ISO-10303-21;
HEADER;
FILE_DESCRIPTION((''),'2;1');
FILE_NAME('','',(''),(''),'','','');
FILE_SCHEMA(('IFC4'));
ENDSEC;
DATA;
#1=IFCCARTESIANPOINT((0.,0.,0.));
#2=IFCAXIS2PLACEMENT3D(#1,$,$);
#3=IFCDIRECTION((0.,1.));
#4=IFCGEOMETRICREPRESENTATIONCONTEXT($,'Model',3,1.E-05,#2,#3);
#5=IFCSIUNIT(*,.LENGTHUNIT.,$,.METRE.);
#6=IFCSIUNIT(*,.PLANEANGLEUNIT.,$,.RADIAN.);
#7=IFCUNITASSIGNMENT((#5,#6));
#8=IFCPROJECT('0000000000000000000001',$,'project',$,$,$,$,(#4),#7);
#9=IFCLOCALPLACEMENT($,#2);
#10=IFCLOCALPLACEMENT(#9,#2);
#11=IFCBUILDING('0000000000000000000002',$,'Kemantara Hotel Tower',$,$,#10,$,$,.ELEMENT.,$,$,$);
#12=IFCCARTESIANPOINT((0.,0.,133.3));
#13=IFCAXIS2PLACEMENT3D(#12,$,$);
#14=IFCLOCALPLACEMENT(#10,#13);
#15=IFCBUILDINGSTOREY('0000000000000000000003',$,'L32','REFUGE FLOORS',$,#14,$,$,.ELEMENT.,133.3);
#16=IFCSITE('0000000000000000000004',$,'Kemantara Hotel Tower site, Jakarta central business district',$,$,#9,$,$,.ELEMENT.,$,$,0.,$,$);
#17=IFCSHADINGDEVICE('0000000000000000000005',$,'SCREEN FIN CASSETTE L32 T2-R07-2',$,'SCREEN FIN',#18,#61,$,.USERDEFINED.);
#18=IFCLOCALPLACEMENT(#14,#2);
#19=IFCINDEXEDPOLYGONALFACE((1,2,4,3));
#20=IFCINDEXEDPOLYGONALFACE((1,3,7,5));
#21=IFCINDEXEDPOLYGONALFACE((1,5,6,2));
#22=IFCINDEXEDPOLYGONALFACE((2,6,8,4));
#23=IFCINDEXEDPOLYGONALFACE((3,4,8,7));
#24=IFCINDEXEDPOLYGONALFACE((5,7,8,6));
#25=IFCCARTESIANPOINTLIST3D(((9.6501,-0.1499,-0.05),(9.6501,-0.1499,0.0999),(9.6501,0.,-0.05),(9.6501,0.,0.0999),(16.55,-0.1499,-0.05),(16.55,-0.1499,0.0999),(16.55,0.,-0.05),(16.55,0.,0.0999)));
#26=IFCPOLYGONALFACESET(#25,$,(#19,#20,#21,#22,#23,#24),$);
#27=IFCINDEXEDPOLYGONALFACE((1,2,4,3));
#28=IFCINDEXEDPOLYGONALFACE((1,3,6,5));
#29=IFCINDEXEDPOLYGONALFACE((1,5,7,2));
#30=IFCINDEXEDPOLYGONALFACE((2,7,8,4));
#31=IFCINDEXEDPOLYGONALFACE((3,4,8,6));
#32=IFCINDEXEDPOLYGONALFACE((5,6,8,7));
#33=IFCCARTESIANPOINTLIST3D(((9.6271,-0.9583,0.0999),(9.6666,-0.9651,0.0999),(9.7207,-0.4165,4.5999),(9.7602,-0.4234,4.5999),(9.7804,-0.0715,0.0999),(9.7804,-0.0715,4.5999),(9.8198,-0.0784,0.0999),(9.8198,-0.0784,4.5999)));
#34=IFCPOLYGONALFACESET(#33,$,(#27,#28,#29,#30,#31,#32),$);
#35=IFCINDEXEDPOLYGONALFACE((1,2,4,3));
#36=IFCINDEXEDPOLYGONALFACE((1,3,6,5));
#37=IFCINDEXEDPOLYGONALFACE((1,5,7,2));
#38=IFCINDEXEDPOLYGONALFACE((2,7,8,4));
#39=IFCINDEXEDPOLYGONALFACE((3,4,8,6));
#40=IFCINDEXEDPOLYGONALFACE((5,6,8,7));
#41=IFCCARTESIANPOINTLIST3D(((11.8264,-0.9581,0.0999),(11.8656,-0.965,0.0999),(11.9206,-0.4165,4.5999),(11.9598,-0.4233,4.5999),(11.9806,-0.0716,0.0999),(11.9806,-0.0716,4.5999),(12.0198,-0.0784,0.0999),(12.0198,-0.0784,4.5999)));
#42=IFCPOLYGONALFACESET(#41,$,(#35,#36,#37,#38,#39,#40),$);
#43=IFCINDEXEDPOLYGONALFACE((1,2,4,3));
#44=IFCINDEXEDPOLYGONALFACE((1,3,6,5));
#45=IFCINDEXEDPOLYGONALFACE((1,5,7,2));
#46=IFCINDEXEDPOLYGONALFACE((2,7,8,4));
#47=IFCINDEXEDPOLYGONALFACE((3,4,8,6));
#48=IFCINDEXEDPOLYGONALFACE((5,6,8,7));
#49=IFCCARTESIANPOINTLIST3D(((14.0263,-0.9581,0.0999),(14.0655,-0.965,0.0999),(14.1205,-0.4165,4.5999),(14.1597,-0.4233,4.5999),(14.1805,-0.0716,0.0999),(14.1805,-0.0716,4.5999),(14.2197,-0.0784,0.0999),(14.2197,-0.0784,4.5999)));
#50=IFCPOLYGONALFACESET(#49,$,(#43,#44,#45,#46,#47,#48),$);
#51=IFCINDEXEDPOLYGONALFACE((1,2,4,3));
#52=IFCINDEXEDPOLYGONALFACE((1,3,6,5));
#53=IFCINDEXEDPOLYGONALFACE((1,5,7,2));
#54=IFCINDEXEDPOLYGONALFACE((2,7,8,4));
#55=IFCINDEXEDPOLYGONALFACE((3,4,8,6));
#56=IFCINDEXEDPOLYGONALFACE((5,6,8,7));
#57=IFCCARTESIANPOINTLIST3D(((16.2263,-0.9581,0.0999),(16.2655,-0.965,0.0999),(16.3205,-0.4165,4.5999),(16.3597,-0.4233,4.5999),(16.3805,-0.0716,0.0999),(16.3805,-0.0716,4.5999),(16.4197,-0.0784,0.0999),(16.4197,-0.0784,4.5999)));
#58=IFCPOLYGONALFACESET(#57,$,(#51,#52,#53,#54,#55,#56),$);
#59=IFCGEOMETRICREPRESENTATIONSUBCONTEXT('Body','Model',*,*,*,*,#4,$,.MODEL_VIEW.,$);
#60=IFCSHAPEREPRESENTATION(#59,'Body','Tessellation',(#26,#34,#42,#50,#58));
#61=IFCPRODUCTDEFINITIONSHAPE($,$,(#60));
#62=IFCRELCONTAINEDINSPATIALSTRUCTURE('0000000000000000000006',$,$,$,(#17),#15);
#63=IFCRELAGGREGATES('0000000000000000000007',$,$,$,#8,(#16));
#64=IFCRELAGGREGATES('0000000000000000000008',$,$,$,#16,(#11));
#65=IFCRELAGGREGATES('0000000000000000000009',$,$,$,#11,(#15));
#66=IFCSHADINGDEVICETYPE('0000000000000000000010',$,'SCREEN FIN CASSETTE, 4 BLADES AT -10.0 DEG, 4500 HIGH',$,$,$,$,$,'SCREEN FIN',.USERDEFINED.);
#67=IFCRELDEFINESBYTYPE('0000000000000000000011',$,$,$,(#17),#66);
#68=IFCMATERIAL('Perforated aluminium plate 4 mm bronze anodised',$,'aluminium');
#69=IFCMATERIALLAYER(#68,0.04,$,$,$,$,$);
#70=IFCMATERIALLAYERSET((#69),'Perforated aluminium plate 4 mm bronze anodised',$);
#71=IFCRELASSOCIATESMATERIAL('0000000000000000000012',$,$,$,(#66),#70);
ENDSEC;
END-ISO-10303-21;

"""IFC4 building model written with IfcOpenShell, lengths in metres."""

from ifc_helpers import new_model, si_unit, direction, frame, origin, origin_2d, place, context, subcontext, project, spatial, polyline, rectangle, outline, extrude, source, transform, mapped, material, layer, layer_set, type_object, element, save


model = new_model("IFC4")

# Units and contexts
model_context = context("Model", 3, precision=1e-05, world=origin(), true_north=direction((0.0, 1.0)))
body_context = subcontext(model_context, "Body", "Model", "MODEL_VIEW")
ifc_project = project(units=[si_unit("LENGTHUNIT", "METRE"), si_unit("PLANEANGLEUNIT", "RADIAN")], contexts=[model_context])

# Site, building, storey
site_placement = place(None, origin())
site = spatial("IfcSite", under=ifc_project, at=site_placement, Name="Kemantara Hotel Tower site, Jakarta central business district", CompositionType="ELEMENT", RefElevation=0.0)
building_placement = place(site_placement, origin())
building = spatial("IfcBuilding", under=site, at=building_placement, Name="Kemantara Hotel Tower", CompositionType="ELEMENT")
storey_placement = place(building_placement, frame((0.0, 0.0, 133.3)))
storey = spatial("IfcBuildingStorey", under=building, at=storey_placement, Name="L32", Description="REFUGE FLOORS", CompositionType="ELEMENT", Elevation=133.3)

# Shading device
ifc_material_1 = material(Name="Perforated aluminium plate 4 mm bronze anodised", Category="aluminium")
ifc_layer_1 = layer(ifc_material_1, 0.04)
ifc_layer_set_1 = layer_set([ifc_layer_1], Name="Perforated aluminium plate 4 mm bronze anodised")
shading_device_type_1 = type_object("IfcShadingDeviceType", Name="SCREEN FIN CASSETTE, 4 BLADES AT -10.0 DEG, 4500 HIGH", ElementType="SCREEN FIN", PredefinedType="USERDEFINED", material=ifc_layer_set_1)
shared_shape_1 = source(origin(), body_context, "Body", "SweptSolid", [
    extrude(rectangle(XDim=6.8999, YDim=0.1499, at=origin_2d()), frame((3.3, -0.075, -0.1499), z_axis=(0.0, 0.0, 1.0), x_axis=(1.0, 0.0, 0.0)), (0.0, 0.0, 1.0), 0.1499),
    extrude(outline(polyline([(0.0, 0.0), (0.8999, 0.0), (0.3501, 4.5), (0.0, 4.5), (0.0, 0.0)])), frame((0.0198, -0.0784, 0.0), z_axis=(-0.98539, 0.170314, 0.0), x_axis=(-0.170314, -0.98539, 0.0)), (0.0, 0.0, 1.0), 0.04),
    extrude(outline(polyline([(0.0, 0.0), (0.8999, 0.0), (0.3501, 4.5), (0.0, 4.5), (0.0, 0.0)])), frame((2.2197, -0.0784, 0.0), z_axis=(-0.985212, 0.171341, 0.0), x_axis=(-0.171341, -0.985212, 0.0)), (0.0, 0.0, 1.0), 0.0398),
    extrude(outline(polyline([(0.0, 0.0), (0.8999, 0.0), (0.3501, 4.5), (0.0, 4.5), (0.0, 0.0)])), frame((4.4197, -0.0784, 0.0), z_axis=(-0.985212, 0.171341, 0.0), x_axis=(-0.171341, -0.985212, 0.0)), (0.0, 0.0, 1.0), 0.0398),
    extrude(outline(polyline([(0.0, 0.0), (0.8999, 0.0), (0.3501, 4.5), (0.0, 4.5), (0.0, 0.0)])), frame((6.6196, -0.0784, 0.0), z_axis=(-0.985212, 0.171341, 0.0), x_axis=(-0.171341, -0.985212, 0.0)), (0.0, 0.0, 1.0), 0.0398),
])
shading_device_1_placement = place(storey_placement, frame((9.8, 0.0, 0.0999), z_axis=(0.0, 0.0, 1.0), x_axis=(1.0, 0.0, 0.0)))
element("IfcShadingDevice", 1, at=shading_device_1_placement, inside=storey, type_object=shading_device_type_1, Name="SCREEN FIN CASSETTE L32 T2-R07-2", ObjectType="SCREEN FIN", PredefinedType="USERDEFINED", context=body_context, shape_type="MappedRepresentation", body=[
    mapped(shared_shape_1, transform((0.0, 0.0, 0.0))),
])

save(model, "model.ifc")
